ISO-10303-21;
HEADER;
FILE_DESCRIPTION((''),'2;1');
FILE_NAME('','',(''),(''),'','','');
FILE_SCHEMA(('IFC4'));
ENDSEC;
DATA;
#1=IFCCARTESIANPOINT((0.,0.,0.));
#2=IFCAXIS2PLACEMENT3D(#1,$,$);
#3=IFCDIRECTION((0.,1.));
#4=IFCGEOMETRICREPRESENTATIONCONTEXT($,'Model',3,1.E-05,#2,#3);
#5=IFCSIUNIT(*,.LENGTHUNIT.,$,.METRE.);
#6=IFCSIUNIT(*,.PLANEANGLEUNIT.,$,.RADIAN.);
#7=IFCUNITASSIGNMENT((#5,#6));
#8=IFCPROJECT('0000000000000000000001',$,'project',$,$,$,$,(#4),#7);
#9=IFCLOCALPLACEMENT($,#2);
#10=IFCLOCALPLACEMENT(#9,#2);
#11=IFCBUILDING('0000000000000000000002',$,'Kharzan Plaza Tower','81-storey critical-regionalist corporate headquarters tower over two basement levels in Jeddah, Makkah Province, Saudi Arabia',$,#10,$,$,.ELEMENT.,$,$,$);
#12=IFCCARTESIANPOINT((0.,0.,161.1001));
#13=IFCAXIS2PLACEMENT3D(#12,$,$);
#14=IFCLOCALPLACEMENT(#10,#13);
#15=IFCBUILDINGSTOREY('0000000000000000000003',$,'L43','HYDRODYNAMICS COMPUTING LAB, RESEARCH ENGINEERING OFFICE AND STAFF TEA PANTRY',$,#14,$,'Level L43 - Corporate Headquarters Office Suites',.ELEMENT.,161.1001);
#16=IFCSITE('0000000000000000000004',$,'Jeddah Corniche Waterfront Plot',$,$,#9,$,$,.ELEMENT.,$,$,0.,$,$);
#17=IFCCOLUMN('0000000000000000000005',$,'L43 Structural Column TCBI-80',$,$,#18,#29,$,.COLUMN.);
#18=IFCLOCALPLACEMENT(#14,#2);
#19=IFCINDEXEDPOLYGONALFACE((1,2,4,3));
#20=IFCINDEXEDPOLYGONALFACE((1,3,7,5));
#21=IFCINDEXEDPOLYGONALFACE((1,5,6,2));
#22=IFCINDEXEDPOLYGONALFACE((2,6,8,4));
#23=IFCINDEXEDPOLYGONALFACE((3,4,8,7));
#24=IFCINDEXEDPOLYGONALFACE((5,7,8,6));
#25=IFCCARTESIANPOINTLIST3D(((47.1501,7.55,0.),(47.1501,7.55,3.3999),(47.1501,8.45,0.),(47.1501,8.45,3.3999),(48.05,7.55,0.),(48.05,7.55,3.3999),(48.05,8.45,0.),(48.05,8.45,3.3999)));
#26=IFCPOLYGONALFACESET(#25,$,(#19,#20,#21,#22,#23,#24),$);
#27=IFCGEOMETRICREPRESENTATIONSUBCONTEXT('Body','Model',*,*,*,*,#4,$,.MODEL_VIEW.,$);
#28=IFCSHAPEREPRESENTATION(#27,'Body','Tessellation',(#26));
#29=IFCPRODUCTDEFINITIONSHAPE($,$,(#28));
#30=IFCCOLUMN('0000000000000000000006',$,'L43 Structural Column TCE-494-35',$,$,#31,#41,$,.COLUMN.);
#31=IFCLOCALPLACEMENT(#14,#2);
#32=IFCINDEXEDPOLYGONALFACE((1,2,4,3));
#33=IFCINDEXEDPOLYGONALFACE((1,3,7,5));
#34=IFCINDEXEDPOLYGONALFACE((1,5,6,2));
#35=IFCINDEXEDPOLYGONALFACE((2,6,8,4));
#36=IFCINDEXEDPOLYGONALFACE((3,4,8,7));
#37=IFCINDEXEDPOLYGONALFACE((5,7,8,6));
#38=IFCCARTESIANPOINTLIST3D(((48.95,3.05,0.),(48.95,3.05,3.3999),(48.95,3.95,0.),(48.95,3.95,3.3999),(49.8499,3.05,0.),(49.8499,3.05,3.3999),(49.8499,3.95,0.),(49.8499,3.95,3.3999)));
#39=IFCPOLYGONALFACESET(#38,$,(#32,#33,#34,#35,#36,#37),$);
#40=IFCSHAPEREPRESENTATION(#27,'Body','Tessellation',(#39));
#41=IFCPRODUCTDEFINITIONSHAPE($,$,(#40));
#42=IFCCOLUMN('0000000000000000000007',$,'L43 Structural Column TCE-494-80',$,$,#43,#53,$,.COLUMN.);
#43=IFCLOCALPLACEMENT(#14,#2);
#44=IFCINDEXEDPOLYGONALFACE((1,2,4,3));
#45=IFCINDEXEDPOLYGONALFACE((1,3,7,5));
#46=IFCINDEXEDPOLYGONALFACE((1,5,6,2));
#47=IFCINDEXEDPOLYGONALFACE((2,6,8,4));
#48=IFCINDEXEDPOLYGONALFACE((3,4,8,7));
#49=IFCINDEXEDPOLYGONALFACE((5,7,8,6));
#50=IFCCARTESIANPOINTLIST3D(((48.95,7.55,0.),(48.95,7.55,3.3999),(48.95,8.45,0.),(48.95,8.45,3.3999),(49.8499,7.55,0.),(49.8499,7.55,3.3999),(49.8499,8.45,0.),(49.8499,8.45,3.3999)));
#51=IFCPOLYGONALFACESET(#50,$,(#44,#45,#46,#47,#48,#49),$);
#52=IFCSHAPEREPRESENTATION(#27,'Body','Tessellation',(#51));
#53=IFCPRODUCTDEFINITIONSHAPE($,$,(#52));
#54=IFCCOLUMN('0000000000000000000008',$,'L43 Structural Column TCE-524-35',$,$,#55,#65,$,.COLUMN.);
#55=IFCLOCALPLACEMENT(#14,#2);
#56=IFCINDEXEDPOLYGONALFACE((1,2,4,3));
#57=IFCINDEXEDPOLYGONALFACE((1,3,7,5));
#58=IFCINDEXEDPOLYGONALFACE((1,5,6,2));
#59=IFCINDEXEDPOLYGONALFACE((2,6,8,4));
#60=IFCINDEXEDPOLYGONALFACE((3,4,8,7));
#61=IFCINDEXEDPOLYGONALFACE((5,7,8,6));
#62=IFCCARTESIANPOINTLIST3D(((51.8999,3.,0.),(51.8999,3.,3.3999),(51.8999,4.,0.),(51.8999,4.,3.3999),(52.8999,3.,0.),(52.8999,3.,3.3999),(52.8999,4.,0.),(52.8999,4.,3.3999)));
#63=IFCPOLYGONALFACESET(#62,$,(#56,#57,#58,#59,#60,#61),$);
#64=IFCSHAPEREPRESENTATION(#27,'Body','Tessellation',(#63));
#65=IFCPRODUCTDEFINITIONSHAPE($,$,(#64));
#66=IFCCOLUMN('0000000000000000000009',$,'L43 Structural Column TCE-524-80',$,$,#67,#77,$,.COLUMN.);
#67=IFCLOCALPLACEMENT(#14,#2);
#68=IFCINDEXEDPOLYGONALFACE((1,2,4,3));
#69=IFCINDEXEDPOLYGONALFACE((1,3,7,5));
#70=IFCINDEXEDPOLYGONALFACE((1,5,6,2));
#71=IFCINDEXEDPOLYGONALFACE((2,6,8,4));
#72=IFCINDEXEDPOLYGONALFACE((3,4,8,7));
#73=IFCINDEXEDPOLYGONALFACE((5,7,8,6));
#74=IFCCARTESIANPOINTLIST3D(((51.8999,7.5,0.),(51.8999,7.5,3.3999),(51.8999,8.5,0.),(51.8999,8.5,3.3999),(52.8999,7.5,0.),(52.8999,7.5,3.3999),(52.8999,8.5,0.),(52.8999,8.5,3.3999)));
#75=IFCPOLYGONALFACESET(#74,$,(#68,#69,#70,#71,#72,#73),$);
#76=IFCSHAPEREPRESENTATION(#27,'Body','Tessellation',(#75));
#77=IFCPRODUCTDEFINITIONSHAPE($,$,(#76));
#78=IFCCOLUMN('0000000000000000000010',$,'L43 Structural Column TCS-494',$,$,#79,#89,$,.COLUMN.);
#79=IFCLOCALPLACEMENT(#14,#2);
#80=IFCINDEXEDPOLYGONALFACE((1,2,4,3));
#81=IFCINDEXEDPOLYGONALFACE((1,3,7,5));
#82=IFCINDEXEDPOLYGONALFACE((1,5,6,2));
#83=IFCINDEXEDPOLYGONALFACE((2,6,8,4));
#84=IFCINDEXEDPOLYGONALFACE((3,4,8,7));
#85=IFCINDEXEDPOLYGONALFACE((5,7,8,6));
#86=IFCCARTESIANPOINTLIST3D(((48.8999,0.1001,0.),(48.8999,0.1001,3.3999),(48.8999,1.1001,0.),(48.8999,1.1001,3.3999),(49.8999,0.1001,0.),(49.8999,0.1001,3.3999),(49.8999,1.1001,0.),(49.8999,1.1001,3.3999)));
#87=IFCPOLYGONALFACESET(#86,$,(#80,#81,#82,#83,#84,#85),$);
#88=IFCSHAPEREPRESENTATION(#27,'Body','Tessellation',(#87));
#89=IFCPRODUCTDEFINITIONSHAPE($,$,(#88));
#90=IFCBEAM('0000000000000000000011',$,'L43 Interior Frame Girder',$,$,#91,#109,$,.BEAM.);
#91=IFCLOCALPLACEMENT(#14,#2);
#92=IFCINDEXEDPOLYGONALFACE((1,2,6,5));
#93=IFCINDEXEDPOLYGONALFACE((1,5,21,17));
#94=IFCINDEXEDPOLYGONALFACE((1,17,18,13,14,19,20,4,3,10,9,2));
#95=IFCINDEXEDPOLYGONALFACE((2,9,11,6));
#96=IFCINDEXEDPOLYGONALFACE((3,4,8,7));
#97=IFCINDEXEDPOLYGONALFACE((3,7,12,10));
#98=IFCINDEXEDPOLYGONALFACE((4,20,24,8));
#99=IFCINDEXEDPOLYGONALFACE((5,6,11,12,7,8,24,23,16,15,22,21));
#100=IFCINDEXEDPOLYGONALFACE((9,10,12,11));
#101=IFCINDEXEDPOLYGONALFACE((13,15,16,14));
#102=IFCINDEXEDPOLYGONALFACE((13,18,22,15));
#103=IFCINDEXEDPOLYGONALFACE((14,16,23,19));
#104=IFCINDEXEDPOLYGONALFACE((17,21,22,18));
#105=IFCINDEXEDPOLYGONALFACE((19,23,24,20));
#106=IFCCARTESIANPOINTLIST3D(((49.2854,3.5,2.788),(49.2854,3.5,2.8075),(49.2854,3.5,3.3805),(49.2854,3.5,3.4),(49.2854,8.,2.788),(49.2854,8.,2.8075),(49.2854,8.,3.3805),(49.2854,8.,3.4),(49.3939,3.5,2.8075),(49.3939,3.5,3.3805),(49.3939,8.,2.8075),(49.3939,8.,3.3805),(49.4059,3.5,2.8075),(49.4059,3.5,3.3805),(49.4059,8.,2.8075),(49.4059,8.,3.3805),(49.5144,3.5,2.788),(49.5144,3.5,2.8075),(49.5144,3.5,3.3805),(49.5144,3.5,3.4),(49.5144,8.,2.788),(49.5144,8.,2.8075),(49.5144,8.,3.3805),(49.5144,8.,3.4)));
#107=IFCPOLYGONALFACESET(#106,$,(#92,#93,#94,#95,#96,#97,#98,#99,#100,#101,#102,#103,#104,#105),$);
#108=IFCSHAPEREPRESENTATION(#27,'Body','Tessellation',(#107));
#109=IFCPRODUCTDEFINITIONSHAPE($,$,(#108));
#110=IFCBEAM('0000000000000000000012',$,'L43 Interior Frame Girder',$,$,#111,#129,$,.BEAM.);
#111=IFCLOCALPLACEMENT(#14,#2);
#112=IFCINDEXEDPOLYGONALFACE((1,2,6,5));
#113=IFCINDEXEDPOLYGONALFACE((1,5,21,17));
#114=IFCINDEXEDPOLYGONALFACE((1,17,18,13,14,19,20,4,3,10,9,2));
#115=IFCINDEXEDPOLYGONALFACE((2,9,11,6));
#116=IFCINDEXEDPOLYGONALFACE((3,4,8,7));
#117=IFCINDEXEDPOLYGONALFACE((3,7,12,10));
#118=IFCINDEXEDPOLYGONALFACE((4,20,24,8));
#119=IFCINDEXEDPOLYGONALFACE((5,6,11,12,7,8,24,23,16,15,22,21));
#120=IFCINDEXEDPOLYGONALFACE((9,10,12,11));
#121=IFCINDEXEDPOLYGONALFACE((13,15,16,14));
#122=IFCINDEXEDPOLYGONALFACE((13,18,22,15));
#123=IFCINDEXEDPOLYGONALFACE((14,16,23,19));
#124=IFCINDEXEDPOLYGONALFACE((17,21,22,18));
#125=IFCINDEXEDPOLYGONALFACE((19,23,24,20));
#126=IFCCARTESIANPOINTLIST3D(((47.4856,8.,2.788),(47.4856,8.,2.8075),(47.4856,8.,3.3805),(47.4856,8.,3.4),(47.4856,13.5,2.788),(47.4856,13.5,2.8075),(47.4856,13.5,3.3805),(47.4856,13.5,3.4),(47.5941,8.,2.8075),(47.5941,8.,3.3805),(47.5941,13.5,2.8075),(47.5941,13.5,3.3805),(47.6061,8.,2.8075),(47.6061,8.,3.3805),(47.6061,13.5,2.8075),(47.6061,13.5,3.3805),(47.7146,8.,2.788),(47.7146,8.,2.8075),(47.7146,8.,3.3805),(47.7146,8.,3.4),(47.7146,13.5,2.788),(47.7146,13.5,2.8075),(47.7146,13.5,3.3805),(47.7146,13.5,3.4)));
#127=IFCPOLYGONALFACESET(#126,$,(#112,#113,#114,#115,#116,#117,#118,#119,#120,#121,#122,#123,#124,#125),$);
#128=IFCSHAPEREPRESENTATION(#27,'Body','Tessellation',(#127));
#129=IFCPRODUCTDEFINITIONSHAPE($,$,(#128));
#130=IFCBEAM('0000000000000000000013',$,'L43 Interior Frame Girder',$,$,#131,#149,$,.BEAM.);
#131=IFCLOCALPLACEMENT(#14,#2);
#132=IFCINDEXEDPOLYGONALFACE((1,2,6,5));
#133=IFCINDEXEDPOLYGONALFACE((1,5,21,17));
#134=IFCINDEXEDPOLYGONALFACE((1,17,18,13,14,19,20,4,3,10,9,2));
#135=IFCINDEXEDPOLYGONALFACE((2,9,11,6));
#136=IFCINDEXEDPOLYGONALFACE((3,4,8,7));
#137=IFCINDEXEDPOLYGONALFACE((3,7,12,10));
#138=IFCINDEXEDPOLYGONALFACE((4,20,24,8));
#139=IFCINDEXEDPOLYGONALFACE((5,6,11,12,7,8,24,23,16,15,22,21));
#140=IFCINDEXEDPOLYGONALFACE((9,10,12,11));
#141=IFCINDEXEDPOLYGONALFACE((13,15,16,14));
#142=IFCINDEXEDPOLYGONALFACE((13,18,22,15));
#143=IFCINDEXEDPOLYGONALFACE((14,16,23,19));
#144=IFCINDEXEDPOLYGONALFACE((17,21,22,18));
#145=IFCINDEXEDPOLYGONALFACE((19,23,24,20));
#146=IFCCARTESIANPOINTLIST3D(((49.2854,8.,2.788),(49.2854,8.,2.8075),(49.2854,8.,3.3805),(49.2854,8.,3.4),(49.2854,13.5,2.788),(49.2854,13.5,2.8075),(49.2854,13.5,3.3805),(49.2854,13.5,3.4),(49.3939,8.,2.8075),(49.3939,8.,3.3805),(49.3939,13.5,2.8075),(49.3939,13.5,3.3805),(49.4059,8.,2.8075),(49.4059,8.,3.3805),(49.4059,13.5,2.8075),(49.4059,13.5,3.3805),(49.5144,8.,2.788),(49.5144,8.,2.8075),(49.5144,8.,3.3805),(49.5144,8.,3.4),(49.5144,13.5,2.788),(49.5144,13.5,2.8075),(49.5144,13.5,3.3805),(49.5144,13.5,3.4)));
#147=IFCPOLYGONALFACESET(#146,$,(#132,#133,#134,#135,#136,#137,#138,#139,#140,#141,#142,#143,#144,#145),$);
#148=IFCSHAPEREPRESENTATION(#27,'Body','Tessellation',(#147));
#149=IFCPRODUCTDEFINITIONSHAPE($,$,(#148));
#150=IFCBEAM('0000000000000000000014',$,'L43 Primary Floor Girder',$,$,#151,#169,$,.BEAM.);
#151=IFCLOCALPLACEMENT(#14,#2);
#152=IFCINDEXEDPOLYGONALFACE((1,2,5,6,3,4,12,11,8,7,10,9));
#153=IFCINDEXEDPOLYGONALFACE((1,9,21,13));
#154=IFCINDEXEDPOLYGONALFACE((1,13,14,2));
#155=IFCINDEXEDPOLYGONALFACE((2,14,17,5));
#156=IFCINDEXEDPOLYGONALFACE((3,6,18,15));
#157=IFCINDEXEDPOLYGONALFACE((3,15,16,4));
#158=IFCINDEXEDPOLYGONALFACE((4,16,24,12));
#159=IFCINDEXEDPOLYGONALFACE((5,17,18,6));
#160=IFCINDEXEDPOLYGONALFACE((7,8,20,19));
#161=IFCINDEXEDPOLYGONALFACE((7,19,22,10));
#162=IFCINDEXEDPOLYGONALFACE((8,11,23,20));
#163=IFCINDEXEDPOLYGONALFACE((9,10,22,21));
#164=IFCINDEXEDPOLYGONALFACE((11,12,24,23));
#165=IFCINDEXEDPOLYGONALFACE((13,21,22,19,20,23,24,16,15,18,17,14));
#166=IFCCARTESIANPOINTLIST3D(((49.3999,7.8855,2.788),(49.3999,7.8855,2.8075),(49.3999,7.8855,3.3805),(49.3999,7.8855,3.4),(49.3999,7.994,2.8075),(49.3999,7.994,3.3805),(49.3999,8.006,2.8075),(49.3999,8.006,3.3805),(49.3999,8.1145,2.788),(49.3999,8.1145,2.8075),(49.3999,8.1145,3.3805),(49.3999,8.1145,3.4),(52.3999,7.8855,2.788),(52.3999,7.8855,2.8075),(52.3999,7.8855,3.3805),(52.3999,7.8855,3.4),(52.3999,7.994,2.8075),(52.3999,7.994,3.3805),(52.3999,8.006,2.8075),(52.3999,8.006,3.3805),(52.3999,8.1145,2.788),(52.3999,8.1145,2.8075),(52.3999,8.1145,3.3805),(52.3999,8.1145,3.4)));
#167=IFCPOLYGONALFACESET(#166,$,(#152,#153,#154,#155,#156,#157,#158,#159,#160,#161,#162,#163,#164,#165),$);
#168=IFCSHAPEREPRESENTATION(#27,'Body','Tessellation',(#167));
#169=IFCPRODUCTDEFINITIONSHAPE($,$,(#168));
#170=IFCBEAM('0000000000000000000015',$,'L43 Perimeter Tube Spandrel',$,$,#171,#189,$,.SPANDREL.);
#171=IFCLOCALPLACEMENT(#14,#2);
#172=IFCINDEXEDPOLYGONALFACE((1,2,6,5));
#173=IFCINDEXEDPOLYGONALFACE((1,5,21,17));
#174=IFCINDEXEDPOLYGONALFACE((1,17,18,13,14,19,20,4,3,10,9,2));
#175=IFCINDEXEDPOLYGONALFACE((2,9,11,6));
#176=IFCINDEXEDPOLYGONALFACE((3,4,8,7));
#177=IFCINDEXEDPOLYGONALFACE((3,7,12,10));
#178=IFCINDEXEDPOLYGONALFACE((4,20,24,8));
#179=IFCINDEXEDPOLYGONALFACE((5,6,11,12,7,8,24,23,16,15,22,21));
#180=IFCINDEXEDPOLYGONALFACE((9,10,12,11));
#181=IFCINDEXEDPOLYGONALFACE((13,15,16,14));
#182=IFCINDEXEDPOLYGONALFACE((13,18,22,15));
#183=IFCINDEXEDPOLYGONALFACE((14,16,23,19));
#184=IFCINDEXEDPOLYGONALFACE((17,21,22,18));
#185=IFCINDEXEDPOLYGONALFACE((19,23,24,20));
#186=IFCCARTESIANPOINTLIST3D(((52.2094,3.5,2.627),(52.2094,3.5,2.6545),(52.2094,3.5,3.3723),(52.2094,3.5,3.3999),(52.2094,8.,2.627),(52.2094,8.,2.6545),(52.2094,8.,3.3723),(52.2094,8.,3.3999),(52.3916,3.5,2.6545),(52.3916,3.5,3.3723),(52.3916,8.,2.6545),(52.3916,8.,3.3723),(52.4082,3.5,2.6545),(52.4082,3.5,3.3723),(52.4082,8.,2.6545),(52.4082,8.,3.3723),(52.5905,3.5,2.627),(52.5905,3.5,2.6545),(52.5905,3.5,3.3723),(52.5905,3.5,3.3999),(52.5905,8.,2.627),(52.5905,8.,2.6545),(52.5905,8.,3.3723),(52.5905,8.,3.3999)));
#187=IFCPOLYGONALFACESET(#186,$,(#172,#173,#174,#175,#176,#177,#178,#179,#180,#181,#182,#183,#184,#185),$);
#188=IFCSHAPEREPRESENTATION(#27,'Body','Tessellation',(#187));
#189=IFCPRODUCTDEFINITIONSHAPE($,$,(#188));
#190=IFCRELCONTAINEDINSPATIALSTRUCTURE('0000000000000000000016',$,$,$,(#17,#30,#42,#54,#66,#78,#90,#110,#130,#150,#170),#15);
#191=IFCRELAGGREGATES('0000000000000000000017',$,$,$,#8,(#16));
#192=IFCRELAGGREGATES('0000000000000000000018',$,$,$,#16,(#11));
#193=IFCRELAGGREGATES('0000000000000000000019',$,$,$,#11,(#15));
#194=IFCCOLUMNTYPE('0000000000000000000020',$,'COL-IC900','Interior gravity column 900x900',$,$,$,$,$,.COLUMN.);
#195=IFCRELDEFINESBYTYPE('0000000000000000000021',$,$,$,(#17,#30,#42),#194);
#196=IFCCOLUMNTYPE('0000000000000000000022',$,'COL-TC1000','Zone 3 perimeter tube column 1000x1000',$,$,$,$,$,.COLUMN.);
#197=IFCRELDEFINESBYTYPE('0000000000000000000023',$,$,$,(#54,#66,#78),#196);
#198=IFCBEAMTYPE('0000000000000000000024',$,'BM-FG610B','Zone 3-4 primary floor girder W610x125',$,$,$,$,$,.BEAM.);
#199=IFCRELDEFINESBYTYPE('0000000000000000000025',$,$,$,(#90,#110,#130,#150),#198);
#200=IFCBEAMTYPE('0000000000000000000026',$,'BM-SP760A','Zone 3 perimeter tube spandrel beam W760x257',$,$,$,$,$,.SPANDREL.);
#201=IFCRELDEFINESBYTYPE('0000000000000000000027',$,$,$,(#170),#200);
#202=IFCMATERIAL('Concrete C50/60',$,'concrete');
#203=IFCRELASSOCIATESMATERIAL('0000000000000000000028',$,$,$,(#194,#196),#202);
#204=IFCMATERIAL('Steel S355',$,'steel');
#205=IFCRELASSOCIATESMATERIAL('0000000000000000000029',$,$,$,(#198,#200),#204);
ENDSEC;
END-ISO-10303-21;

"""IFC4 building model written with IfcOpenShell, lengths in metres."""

from ifc_helpers import new_model, si_unit, direction, frame, origin, origin_2d, place, context, subcontext, project, spatial, rectangle, i_section, extrude, source, transform, mapped, material, material_profile, profile_set, type_object, element, save


model = new_model("IFC4")

# Units and contexts
model_context = context("Model", 3, precision=1e-05, world=origin(), true_north=direction((0.0, 1.0)))
body_context = subcontext(model_context, "Body", "Model", "MODEL_VIEW")
ifc_project = project(units=[si_unit("LENGTHUNIT", "METRE"), si_unit("PLANEANGLEUNIT", "RADIAN")], contexts=[model_context])

# Site, building, storey
site_placement = place(None, origin())
site = spatial("IfcSite", under=ifc_project, at=site_placement, Name="Jeddah Corniche Waterfront Plot", CompositionType="ELEMENT", RefElevation=0.0)
building_placement = place(site_placement, origin())
building = spatial("IfcBuilding", under=site, at=building_placement, Name="Kharzan Plaza Tower", Description="81-storey critical-regionalist corporate headquarters tower over two basement levels in Jeddah, Makkah Province, Saudi Arabia", CompositionType="ELEMENT")
storey_placement = place(building_placement, frame((0.0, 0.0, 161.1001)))
storey = spatial("IfcBuildingStorey", under=building, at=storey_placement, Name="L43", Description="HYDRODYNAMICS COMPUTING LAB, RESEARCH ENGINEERING OFFICE AND STAFF TEA PANTRY", LongName="Level L43 - Corporate Headquarters Office Suites", CompositionType="ELEMENT", Elevation=161.1001)

# Columns
ifc_material_1 = material(Name="Concrete C50/60", Category="concrete")
ifc_material_profile_1 = material_profile(ifc_material_1, rectangle(XDim=0.8999, YDim=0.8999, at=origin_2d()), Name="RC-IC900x900")
ifc_profile_set_1 = profile_set([ifc_material_profile_1], Name="Concrete C50/60")
column_type_1 = type_object("IfcColumnType", Name="COL-IC900", Description="Interior gravity column 900x900", PredefinedType="COLUMN", material=ifc_profile_set_1)
shared_shape_1 = source(origin(), body_context, "Body", "SweptSolid", [
    extrude(rectangle(XDim=0.8999, YDim=0.8999, at=origin_2d()), origin(), (0.0, 0.0, 1.0), 3.3999),
])
for number, where, z_axis, x_axis, name in (
    (1, (47.6001, 8.0, 0.0), (0.0, 0.0, 1.0), (1.0, 0.0, 0.0), "L43 Structural Column TCBI-80"),
    (2, (49.3999, 3.5, 0.0), (0.0, 0.0, 1.0), (1.0, 0.0, 0.0), "L43 Structural Column TCE-494-35"),
    (3, (49.3999, 8.0, 0.0), (0.0, 0.0, 1.0), (1.0, 0.0, 0.0), "L43 Structural Column TCE-494-80"),
):
    element("IfcColumn", number, at=place(storey_placement, frame(where, z_axis=z_axis, x_axis=x_axis)), inside=storey, type_object=column_type_1, Name=name, PredefinedType="COLUMN", context=body_context, shape_type="MappedRepresentation", body=[
        mapped(shared_shape_1, transform((0.0, 0.0, 0.0), x_axis=(1.0, 0.0, 0.0), y_axis=(0.0, 1.0, 0.0), z_axis=(0.0, 0.0, 1.0))),
    ])
ifc_material_profile_2 = material_profile(ifc_material_1, rectangle(XDim=1.0, YDim=1.0, at=origin_2d()), Name="RC-TC1000x1000")
ifc_profile_set_2 = profile_set([ifc_material_profile_2], Name="Concrete C50/60")
column_type_2 = type_object("IfcColumnType", Name="COL-TC1000", Description="Zone 3 perimeter tube column 1000x1000", PredefinedType="COLUMN", material=ifc_profile_set_2)
shared_shape_2 = source(origin(), body_context, "Body", "SweptSolid", [
    extrude(rectangle(XDim=1.0, YDim=1.0, at=origin_2d()), origin(), (0.0, 0.0, 1.0), 3.3999),
])
for number, where, z_axis, x_axis, name in (
    (4, (52.3999, 3.5, 0.0), (0.0, 0.0, 1.0), (1.0, 0.0, 0.0), "L43 Structural Column TCE-524-35"),
    (5, (52.3999, 8.0, 0.0), (0.0, 0.0, 1.0), (1.0, 0.0, 0.0), "L43 Structural Column TCE-524-80"),
    (6, (49.3999, 0.6001, 0.0), (0.0, 0.0, 1.0), (1.0, 0.0, 0.0), "L43 Structural Column TCS-494"),
):
    element("IfcColumn", number, at=place(storey_placement, frame(where, z_axis=z_axis, x_axis=x_axis)), inside=storey, type_object=column_type_2, Name=name, PredefinedType="COLUMN", context=body_context, shape_type="MappedRepresentation", body=[
        mapped(shared_shape_2, transform((0.0, 0.0, 0.0), x_axis=(1.0, 0.0, 0.0), y_axis=(0.0, 1.0, 0.0), z_axis=(0.0, 0.0, 1.0))),
    ])

# Beams
ifc_material_2 = material(Name="Steel S355", Category="steel")
ifc_material_profile_3 = material_profile(ifc_material_2, i_section(OverallWidth=0.229, OverallDepth=0.6121, WebThickness=0.012, FlangeThickness=0.0195, at=origin_2d()), Name="W610x125")
ifc_profile_set_3 = profile_set([ifc_material_profile_3], Name="Steel S355")
beam_type_1 = type_object("IfcBeamType", Name="BM-FG610B", Description="Zone 3-4 primary floor girder W610x125", PredefinedType="BEAM", material=ifc_profile_set_3)
shared_shape_3 = source(origin(), body_context, "Body", "SweptSolid", [
    extrude(i_section(OverallWidth=0.229, OverallDepth=0.6121, WebThickness=0.012, FlangeThickness=0.0195, at=origin_2d()), origin(), (0.0, 0.0, 1.0), 4.5),
])
beam_1_placement = place(storey_placement, frame((49.3999, 3.5, 3.094), z_axis=(0.0, 1.0, 0.0), x_axis=(-1.0, 0.0, 0.0)))
element("IfcBeam", 7, at=beam_1_placement, inside=storey, type_object=beam_type_1, Name="L43 Interior Frame Girder", PredefinedType="BEAM", context=body_context, shape_type="MappedRepresentation", body=[
    mapped(shared_shape_3, transform((0.0, 0.0, 0.0), x_axis=(1.0, 0.0, 0.0), y_axis=(0.0, 1.0, 0.0), z_axis=(0.0, 0.0, 1.0))),
])
shared_shape_4 = source(origin(), body_context, "Body", "SweptSolid", [
    extrude(i_section(OverallWidth=0.229, OverallDepth=0.6121, WebThickness=0.012, FlangeThickness=0.0195, at=origin_2d()), origin(), (0.0, 0.0, 1.0), 5.5),
])
for number, where, z_axis, x_axis, name in (
    (8, (47.6001, 8.0, 3.094), (0.0, 1.0, 0.0), (-1.0, 0.0, 0.0), "L43 Interior Frame Girder"),
    (9, (49.3999, 8.0, 3.094), (0.0, 1.0, 0.0), (-1.0, 0.0, 0.0), "L43 Interior Frame Girder"),
):
    element("IfcBeam", number, at=place(storey_placement, frame(where, z_axis=z_axis, x_axis=x_axis)), inside=storey, type_object=beam_type_1, Name=name, PredefinedType="BEAM", context=body_context, shape_type="MappedRepresentation", body=[
        mapped(shared_shape_4, transform((0.0, 0.0, 0.0), x_axis=(1.0, 0.0, 0.0), y_axis=(0.0, 1.0, 0.0), z_axis=(0.0, 0.0, 1.0))),
    ])
shared_shape_5 = source(origin(), body_context, "Body", "SweptSolid", [
    extrude(i_section(OverallWidth=0.229, OverallDepth=0.6121, WebThickness=0.012, FlangeThickness=0.0195, at=origin_2d()), origin(), (0.0, 0.0, 1.0), 3.0),
])
beam_2_placement = place(storey_placement, frame((49.3999, 8.0, 3.094), z_axis=(1.0, 0.0, 0.0), x_axis=(0.0, 1.0, 0.0)))
element("IfcBeam", 10, at=beam_2_placement, inside=storey, type_object=beam_type_1, Name="L43 Primary Floor Girder", PredefinedType="BEAM", context=body_context, shape_type="MappedRepresentation", body=[
    mapped(shared_shape_5, transform((0.0, 0.0, 0.0), x_axis=(1.0, 0.0, 0.0), y_axis=(0.0, 1.0, 0.0), z_axis=(0.0, 0.0, 1.0))),
])
ifc_material_profile_4 = material_profile(ifc_material_2, i_section(OverallWidth=0.3811, OverallDepth=0.7729, WebThickness=0.0166, FlangeThickness=0.0276, at=origin_2d()), Name="W760x257")
ifc_profile_set_4 = profile_set([ifc_material_profile_4], Name="Steel S355")
beam_type_2 = type_object("IfcBeamType", Name="BM-SP760A", Description="Zone 3 perimeter tube spandrel beam W760x257", PredefinedType="SPANDREL", material=ifc_profile_set_4)
shared_shape_6 = source(origin(), body_context, "Body", "SweptSolid", [
    extrude(i_section(OverallWidth=0.3811, OverallDepth=0.7729, WebThickness=0.0166, FlangeThickness=0.0276, at=origin_2d()), origin(), (0.0, 0.0, 1.0), 4.5),
])
beam_3_placement = place(storey_placement, frame((52.3999, 3.5, 3.0134), z_axis=(0.0, 1.0, 0.0), x_axis=(-1.0, 0.0, 0.0)))
element("IfcBeam", 11, at=beam_3_placement, inside=storey, type_object=beam_type_2, Name="L43 Perimeter Tube Spandrel", PredefinedType="SPANDREL", context=body_context, shape_type="MappedRepresentation", body=[
    mapped(shared_shape_6, transform((0.0, 0.0, 0.0), x_axis=(1.0, 0.0, 0.0), y_axis=(0.0, 1.0, 0.0), z_axis=(0.0, 0.0, 1.0))),
])

save(model, "model.ifc")
